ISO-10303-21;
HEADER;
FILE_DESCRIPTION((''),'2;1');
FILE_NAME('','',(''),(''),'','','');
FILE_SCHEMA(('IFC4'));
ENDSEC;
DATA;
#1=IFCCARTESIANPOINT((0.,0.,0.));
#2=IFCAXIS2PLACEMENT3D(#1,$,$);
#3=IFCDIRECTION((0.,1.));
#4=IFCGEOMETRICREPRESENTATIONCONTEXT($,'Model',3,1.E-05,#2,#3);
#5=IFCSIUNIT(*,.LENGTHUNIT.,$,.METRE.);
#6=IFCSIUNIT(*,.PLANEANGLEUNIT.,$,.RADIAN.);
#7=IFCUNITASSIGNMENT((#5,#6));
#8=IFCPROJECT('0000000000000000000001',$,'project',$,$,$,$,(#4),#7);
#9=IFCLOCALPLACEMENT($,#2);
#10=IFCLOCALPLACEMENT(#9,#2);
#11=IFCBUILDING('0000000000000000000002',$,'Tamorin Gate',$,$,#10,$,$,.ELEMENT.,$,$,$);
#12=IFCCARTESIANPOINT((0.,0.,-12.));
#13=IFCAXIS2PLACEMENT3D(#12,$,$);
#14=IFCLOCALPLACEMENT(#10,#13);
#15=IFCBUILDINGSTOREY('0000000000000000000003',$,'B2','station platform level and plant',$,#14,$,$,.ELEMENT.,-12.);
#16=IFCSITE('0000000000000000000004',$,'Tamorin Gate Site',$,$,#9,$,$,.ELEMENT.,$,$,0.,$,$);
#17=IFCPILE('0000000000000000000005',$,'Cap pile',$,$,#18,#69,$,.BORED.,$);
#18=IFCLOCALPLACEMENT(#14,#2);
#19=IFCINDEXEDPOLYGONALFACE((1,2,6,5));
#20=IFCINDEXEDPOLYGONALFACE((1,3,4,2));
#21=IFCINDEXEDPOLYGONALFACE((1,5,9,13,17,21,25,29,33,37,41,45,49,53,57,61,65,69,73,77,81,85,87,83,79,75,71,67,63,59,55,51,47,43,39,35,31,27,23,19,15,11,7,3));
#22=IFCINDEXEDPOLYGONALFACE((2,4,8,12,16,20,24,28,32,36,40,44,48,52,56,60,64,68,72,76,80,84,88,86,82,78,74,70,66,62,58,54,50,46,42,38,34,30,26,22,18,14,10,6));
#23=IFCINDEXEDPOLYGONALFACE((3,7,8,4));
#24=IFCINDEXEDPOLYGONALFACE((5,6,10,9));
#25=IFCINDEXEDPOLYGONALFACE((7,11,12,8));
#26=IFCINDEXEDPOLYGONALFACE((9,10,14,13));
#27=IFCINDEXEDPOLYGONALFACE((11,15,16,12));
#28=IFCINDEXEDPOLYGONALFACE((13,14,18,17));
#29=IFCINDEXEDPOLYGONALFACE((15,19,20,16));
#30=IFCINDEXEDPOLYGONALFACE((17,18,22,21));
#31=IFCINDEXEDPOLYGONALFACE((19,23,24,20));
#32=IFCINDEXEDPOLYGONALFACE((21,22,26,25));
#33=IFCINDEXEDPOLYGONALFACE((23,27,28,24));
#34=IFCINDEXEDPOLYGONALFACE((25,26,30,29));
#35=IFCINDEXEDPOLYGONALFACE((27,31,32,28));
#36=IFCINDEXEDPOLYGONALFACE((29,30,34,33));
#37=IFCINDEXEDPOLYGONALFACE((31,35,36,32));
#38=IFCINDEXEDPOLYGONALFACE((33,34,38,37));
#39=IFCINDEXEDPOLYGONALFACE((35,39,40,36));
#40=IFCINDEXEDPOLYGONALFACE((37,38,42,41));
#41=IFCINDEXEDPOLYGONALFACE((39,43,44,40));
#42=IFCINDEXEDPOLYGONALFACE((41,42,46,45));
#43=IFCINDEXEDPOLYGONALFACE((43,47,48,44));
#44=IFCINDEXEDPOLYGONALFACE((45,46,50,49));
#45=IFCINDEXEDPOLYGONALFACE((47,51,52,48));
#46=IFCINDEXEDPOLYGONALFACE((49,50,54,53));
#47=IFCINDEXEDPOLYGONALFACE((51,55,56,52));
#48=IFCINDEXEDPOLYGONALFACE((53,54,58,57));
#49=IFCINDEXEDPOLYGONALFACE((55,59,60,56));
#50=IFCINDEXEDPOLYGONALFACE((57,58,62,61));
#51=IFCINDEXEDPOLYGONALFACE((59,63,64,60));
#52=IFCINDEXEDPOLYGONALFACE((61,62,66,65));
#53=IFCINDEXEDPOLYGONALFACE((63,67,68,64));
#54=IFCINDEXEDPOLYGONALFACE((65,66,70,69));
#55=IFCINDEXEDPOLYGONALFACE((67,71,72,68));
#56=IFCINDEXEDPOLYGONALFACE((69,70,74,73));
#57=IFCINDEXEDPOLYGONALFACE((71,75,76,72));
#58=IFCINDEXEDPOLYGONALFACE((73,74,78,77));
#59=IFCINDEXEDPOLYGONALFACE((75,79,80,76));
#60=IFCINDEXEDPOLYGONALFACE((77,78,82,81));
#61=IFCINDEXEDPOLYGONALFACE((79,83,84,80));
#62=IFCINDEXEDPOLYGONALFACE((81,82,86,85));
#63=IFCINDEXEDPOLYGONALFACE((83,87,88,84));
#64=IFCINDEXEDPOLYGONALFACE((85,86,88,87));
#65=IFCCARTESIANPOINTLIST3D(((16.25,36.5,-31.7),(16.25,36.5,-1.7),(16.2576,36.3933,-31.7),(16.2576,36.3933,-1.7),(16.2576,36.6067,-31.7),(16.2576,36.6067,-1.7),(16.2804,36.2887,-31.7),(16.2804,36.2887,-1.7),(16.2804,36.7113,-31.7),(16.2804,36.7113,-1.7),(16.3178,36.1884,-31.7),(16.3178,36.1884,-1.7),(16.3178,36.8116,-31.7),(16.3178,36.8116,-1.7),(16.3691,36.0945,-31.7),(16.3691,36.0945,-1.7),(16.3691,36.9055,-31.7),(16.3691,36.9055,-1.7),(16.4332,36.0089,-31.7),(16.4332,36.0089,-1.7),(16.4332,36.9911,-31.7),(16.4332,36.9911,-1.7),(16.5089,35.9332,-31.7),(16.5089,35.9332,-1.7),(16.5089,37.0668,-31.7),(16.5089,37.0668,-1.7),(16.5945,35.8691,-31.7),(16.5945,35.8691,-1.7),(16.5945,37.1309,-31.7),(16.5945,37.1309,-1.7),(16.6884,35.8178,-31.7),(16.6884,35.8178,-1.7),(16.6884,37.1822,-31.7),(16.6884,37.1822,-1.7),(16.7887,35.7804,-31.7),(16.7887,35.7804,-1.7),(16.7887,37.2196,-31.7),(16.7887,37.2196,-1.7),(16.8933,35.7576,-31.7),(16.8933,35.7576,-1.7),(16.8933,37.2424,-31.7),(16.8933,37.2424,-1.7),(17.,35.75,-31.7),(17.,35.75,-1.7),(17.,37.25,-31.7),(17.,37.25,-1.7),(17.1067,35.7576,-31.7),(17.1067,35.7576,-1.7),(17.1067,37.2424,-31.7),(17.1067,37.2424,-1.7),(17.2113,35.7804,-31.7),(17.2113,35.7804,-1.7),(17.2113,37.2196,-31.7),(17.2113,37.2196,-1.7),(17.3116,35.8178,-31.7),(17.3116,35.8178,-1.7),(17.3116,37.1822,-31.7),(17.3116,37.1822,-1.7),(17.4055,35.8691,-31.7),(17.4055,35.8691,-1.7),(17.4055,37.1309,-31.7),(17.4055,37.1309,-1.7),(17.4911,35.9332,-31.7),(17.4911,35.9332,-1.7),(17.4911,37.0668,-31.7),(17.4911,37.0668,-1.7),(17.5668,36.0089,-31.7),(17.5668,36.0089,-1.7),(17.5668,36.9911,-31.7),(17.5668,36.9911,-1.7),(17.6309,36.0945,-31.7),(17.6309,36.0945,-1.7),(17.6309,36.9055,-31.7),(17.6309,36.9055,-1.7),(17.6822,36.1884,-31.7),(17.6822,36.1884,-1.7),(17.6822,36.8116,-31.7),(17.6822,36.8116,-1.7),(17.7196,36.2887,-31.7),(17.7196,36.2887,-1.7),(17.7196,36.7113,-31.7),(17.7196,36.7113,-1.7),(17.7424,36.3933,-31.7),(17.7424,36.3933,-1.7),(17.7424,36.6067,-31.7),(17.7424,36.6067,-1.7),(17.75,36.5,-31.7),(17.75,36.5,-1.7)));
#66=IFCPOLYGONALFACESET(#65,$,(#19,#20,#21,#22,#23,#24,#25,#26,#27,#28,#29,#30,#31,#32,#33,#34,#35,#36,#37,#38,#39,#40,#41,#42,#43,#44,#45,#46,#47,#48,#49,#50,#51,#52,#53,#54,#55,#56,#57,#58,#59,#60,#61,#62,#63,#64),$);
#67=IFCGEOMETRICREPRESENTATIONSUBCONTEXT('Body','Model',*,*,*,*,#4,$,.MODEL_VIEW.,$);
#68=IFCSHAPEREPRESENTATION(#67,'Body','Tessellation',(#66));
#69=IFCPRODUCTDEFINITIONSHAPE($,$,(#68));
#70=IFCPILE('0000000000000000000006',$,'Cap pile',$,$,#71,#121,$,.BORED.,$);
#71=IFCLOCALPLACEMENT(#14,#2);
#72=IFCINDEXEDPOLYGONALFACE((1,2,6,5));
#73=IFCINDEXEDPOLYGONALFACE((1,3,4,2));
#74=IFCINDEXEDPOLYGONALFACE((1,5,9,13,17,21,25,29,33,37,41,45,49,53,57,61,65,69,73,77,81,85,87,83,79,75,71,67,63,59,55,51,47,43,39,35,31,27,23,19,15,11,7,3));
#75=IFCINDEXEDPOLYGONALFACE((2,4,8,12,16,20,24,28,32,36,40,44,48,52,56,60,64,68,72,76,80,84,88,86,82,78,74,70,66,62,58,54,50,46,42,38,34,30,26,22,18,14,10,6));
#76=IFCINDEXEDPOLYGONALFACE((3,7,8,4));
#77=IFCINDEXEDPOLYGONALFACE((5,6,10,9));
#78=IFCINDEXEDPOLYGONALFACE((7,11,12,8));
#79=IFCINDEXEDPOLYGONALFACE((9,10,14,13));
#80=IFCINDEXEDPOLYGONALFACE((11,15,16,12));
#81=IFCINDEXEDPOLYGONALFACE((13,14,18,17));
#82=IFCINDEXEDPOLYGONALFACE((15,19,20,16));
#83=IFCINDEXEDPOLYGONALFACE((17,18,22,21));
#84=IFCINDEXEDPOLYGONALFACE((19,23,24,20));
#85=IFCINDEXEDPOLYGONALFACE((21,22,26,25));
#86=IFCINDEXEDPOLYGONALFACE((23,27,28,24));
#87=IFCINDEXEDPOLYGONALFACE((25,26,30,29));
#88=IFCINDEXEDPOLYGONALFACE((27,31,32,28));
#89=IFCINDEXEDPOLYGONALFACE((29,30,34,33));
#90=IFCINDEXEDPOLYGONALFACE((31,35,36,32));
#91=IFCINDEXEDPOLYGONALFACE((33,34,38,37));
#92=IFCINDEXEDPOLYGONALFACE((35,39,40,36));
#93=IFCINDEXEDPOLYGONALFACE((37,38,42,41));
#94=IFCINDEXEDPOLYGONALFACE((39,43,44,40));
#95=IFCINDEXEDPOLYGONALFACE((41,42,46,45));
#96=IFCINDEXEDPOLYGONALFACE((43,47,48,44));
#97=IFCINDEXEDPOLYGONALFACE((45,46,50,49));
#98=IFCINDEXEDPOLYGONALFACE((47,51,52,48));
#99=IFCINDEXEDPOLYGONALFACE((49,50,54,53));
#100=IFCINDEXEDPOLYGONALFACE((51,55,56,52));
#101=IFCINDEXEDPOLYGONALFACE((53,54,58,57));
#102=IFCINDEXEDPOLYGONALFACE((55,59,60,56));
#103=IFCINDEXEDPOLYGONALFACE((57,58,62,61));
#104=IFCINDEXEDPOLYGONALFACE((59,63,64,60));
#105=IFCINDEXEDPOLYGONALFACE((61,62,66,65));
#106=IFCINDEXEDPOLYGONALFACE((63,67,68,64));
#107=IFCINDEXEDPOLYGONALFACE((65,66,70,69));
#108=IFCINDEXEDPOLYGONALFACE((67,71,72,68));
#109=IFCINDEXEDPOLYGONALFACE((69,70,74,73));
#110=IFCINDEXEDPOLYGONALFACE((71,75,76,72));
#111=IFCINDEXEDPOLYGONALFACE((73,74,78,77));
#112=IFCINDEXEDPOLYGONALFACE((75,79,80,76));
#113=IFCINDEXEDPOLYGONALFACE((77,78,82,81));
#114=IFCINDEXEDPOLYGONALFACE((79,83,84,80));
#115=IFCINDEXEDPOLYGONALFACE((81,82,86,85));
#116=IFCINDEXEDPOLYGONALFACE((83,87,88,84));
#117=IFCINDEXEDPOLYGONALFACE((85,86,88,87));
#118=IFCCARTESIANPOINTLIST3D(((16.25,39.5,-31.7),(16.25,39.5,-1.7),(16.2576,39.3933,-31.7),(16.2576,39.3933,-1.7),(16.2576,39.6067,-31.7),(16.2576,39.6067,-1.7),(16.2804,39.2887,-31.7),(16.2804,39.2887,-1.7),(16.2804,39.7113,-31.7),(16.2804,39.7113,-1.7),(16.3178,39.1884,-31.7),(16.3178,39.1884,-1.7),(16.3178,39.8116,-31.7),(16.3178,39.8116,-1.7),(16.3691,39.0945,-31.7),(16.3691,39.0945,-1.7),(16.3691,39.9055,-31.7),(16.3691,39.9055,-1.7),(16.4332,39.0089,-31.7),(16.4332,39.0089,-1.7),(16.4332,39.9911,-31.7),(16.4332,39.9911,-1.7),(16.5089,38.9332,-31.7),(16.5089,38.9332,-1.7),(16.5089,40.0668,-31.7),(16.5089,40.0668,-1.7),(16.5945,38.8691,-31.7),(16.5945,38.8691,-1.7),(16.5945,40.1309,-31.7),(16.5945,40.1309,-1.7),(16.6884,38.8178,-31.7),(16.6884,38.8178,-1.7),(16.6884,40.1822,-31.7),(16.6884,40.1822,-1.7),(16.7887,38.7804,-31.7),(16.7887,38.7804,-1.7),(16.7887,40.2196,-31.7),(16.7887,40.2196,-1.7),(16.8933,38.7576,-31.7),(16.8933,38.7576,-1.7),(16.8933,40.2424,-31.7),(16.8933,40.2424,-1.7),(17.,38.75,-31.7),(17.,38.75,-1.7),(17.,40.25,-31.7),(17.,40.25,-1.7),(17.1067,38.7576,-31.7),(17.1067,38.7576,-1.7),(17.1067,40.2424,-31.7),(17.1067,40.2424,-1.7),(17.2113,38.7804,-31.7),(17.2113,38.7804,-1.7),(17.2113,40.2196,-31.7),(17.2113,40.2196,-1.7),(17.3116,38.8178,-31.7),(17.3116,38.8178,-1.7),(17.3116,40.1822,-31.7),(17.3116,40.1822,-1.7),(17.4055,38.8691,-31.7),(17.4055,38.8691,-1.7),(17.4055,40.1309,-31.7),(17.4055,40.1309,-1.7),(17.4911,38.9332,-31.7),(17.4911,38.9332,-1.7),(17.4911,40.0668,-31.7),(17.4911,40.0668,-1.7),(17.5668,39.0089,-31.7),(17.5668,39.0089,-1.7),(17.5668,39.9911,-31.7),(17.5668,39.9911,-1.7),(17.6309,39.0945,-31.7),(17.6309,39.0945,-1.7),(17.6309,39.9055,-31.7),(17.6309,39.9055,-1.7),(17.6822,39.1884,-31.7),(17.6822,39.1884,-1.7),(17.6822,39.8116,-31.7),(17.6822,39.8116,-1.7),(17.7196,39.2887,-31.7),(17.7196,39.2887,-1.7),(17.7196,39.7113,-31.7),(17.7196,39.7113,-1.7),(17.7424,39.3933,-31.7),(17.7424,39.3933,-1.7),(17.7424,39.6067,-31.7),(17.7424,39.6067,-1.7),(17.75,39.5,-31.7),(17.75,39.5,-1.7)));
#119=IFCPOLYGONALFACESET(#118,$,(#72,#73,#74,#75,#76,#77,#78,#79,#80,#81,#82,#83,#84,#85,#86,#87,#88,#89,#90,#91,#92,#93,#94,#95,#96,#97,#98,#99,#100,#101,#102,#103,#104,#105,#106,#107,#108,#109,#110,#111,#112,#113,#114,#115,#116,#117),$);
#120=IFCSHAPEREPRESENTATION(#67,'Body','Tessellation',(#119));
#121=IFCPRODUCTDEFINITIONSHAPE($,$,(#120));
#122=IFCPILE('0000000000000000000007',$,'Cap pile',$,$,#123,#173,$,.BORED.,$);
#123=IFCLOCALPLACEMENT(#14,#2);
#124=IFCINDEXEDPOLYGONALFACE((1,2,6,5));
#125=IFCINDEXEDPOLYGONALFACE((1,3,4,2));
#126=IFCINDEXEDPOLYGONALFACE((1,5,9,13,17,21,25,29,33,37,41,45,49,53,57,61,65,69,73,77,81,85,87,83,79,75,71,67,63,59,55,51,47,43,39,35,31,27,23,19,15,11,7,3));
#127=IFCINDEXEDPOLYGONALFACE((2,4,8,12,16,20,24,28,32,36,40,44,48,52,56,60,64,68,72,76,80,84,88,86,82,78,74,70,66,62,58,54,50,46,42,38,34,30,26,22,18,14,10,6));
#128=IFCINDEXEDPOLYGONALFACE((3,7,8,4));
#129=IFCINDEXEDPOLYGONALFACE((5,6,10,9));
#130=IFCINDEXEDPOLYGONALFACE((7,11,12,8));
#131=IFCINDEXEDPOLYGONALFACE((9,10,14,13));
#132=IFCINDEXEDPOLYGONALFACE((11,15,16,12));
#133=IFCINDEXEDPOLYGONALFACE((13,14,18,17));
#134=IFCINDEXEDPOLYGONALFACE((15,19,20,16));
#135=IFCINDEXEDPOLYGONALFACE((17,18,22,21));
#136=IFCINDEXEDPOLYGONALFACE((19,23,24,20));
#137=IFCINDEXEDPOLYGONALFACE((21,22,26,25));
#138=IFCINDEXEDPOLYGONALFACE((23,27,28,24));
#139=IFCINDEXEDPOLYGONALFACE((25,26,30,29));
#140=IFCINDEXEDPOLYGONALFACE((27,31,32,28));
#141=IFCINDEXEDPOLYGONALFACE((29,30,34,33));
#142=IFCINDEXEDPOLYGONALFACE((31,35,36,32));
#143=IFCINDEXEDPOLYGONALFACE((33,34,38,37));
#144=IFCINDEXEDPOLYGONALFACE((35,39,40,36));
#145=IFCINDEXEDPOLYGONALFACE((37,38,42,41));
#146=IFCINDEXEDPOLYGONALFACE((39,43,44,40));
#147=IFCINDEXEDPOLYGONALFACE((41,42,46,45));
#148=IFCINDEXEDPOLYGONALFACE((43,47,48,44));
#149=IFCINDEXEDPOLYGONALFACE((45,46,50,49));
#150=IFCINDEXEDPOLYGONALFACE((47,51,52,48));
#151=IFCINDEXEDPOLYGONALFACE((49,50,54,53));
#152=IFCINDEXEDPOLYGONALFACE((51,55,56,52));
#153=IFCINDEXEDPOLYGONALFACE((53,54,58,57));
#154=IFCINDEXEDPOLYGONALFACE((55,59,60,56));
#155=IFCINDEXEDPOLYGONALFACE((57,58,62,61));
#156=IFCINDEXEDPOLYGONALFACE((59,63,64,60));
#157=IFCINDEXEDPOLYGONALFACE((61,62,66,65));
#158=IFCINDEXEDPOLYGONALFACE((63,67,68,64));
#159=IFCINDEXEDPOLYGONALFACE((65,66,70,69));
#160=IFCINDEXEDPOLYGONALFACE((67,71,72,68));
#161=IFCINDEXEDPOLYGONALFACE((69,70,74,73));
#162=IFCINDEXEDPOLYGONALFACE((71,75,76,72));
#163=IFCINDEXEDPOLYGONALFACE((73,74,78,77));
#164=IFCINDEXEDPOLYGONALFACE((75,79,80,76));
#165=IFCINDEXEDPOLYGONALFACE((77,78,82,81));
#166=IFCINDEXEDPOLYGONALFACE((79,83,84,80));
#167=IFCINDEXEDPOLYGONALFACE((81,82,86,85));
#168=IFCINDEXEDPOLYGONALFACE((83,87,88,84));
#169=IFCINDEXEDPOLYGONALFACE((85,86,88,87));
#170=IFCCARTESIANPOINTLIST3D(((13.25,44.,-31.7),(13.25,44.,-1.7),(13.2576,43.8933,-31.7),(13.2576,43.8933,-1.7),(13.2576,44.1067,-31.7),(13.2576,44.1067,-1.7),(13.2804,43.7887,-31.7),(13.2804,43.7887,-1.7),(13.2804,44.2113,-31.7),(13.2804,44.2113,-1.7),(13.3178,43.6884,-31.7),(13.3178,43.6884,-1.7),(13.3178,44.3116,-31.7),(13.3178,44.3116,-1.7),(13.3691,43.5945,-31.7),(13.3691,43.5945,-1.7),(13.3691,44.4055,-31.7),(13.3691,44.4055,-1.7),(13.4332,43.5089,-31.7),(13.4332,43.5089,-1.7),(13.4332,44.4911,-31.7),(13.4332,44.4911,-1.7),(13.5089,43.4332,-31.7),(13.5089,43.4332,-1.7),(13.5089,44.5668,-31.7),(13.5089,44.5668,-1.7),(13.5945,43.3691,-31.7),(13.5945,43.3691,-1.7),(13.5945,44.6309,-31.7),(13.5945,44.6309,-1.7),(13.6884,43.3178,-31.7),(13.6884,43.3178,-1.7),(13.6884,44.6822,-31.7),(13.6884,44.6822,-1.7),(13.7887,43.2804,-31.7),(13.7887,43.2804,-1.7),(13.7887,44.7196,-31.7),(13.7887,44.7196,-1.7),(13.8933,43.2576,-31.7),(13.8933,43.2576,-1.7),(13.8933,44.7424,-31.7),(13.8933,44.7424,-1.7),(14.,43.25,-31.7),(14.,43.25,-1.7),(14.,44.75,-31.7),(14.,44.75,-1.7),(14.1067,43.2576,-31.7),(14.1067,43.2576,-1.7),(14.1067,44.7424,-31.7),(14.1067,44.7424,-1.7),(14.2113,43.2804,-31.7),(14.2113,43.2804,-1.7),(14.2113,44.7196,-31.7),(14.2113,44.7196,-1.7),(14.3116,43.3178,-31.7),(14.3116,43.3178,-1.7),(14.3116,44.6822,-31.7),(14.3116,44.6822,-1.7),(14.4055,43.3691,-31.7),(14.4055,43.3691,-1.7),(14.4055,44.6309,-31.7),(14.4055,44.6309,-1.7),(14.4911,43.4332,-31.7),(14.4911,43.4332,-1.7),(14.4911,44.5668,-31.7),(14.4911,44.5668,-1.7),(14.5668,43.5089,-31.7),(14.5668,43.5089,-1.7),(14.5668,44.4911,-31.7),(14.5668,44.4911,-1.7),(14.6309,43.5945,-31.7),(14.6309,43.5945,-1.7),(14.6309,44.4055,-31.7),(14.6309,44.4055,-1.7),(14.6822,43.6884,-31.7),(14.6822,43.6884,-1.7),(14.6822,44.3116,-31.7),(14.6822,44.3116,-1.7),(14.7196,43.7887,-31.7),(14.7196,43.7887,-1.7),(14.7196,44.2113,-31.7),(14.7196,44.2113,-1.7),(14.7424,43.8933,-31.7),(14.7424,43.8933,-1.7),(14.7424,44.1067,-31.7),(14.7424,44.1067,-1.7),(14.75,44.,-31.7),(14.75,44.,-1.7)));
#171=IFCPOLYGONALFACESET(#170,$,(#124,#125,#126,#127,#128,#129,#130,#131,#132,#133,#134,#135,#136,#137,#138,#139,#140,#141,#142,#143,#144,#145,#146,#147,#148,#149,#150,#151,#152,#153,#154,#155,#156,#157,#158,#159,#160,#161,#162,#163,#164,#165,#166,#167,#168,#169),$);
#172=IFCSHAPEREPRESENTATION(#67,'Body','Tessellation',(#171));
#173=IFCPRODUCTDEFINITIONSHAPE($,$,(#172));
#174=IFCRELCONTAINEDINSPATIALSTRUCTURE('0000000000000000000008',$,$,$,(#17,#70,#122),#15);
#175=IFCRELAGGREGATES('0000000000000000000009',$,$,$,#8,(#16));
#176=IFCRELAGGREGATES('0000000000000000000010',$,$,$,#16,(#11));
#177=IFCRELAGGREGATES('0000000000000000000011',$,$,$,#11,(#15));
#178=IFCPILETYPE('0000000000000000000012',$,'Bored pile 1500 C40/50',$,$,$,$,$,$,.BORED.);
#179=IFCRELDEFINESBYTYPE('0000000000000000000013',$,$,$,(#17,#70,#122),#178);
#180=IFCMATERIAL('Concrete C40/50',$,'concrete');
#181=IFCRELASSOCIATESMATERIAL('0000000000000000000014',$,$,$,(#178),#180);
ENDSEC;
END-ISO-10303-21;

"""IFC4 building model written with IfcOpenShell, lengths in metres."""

from ifc_helpers import new_model, si_unit, direction, frame, origin, origin_2d, place, context, subcontext, project, spatial, circle, extrude, material, material_profile, profile_set, type_object, element, save


model = new_model("IFC4")

# Units and contexts
model_context = context("Model", 3, precision=1e-05, world=origin(), true_north=direction((0.0, 1.0)))
body_context = subcontext(model_context, "Body", "Model", "MODEL_VIEW")
ifc_project = project(units=[si_unit("LENGTHUNIT", "METRE"), si_unit("PLANEANGLEUNIT", "RADIAN")], contexts=[model_context])

# Site, building, storey
site_placement = place(None, origin())
site = spatial("IfcSite", under=ifc_project, at=site_placement, Name="Tamorin Gate Site", CompositionType="ELEMENT", RefElevation=0.0)
building_placement = place(site_placement, origin())
building = spatial("IfcBuilding", under=site, at=building_placement, Name="Tamorin Gate", CompositionType="ELEMENT")
storey_placement = place(building_placement, frame((0.0, 0.0, -12.0)))
storey = spatial("IfcBuildingStorey", under=building, at=storey_placement, Name="B2", Description="station platform level and plant", CompositionType="ELEMENT", Elevation=-12.0)

# Piles
ifc_material_1 = material(Name="Concrete C40/50", Category="concrete")
ifc_material_profile_1 = material_profile(ifc_material_1, circle(Radius=0.75, at=origin_2d()))
ifc_profile_set_1 = profile_set([ifc_material_profile_1], Name="Concrete C40/50")
pile_type = type_object("IfcPileType", Name="Bored pile 1500 C40/50", PredefinedType="BORED", material=ifc_profile_set_1)
for number, where, z_axis, x_axis, name in (
    (1, (17.0, 36.5, -1.7), (0.0, 0.0, -1.0), (1.0, 0.0, 0.0), "Cap pile"),
    (2, (17.0, 39.5, -1.7), (0.0, 0.0, -1.0), (1.0, 0.0, 0.0), "Cap pile"),
    (3, (14.0, 44.0, -1.7), (0.0, 0.0, -1.0), (1.0, 0.0, 0.0), "Cap pile"),
):
    element("IfcPile", number, at=place(storey_placement, frame(where, z_axis=z_axis, x_axis=x_axis)), inside=storey, type_object=pile_type, Name=name, PredefinedType="BORED", context=body_context, shape_type="SweptSolid", body=[
        extrude(circle(Radius=0.75, at=origin_2d()), origin(), (0.0, 0.0, 1.0), 30.0),
    ])

save(model, "model.ifc")
